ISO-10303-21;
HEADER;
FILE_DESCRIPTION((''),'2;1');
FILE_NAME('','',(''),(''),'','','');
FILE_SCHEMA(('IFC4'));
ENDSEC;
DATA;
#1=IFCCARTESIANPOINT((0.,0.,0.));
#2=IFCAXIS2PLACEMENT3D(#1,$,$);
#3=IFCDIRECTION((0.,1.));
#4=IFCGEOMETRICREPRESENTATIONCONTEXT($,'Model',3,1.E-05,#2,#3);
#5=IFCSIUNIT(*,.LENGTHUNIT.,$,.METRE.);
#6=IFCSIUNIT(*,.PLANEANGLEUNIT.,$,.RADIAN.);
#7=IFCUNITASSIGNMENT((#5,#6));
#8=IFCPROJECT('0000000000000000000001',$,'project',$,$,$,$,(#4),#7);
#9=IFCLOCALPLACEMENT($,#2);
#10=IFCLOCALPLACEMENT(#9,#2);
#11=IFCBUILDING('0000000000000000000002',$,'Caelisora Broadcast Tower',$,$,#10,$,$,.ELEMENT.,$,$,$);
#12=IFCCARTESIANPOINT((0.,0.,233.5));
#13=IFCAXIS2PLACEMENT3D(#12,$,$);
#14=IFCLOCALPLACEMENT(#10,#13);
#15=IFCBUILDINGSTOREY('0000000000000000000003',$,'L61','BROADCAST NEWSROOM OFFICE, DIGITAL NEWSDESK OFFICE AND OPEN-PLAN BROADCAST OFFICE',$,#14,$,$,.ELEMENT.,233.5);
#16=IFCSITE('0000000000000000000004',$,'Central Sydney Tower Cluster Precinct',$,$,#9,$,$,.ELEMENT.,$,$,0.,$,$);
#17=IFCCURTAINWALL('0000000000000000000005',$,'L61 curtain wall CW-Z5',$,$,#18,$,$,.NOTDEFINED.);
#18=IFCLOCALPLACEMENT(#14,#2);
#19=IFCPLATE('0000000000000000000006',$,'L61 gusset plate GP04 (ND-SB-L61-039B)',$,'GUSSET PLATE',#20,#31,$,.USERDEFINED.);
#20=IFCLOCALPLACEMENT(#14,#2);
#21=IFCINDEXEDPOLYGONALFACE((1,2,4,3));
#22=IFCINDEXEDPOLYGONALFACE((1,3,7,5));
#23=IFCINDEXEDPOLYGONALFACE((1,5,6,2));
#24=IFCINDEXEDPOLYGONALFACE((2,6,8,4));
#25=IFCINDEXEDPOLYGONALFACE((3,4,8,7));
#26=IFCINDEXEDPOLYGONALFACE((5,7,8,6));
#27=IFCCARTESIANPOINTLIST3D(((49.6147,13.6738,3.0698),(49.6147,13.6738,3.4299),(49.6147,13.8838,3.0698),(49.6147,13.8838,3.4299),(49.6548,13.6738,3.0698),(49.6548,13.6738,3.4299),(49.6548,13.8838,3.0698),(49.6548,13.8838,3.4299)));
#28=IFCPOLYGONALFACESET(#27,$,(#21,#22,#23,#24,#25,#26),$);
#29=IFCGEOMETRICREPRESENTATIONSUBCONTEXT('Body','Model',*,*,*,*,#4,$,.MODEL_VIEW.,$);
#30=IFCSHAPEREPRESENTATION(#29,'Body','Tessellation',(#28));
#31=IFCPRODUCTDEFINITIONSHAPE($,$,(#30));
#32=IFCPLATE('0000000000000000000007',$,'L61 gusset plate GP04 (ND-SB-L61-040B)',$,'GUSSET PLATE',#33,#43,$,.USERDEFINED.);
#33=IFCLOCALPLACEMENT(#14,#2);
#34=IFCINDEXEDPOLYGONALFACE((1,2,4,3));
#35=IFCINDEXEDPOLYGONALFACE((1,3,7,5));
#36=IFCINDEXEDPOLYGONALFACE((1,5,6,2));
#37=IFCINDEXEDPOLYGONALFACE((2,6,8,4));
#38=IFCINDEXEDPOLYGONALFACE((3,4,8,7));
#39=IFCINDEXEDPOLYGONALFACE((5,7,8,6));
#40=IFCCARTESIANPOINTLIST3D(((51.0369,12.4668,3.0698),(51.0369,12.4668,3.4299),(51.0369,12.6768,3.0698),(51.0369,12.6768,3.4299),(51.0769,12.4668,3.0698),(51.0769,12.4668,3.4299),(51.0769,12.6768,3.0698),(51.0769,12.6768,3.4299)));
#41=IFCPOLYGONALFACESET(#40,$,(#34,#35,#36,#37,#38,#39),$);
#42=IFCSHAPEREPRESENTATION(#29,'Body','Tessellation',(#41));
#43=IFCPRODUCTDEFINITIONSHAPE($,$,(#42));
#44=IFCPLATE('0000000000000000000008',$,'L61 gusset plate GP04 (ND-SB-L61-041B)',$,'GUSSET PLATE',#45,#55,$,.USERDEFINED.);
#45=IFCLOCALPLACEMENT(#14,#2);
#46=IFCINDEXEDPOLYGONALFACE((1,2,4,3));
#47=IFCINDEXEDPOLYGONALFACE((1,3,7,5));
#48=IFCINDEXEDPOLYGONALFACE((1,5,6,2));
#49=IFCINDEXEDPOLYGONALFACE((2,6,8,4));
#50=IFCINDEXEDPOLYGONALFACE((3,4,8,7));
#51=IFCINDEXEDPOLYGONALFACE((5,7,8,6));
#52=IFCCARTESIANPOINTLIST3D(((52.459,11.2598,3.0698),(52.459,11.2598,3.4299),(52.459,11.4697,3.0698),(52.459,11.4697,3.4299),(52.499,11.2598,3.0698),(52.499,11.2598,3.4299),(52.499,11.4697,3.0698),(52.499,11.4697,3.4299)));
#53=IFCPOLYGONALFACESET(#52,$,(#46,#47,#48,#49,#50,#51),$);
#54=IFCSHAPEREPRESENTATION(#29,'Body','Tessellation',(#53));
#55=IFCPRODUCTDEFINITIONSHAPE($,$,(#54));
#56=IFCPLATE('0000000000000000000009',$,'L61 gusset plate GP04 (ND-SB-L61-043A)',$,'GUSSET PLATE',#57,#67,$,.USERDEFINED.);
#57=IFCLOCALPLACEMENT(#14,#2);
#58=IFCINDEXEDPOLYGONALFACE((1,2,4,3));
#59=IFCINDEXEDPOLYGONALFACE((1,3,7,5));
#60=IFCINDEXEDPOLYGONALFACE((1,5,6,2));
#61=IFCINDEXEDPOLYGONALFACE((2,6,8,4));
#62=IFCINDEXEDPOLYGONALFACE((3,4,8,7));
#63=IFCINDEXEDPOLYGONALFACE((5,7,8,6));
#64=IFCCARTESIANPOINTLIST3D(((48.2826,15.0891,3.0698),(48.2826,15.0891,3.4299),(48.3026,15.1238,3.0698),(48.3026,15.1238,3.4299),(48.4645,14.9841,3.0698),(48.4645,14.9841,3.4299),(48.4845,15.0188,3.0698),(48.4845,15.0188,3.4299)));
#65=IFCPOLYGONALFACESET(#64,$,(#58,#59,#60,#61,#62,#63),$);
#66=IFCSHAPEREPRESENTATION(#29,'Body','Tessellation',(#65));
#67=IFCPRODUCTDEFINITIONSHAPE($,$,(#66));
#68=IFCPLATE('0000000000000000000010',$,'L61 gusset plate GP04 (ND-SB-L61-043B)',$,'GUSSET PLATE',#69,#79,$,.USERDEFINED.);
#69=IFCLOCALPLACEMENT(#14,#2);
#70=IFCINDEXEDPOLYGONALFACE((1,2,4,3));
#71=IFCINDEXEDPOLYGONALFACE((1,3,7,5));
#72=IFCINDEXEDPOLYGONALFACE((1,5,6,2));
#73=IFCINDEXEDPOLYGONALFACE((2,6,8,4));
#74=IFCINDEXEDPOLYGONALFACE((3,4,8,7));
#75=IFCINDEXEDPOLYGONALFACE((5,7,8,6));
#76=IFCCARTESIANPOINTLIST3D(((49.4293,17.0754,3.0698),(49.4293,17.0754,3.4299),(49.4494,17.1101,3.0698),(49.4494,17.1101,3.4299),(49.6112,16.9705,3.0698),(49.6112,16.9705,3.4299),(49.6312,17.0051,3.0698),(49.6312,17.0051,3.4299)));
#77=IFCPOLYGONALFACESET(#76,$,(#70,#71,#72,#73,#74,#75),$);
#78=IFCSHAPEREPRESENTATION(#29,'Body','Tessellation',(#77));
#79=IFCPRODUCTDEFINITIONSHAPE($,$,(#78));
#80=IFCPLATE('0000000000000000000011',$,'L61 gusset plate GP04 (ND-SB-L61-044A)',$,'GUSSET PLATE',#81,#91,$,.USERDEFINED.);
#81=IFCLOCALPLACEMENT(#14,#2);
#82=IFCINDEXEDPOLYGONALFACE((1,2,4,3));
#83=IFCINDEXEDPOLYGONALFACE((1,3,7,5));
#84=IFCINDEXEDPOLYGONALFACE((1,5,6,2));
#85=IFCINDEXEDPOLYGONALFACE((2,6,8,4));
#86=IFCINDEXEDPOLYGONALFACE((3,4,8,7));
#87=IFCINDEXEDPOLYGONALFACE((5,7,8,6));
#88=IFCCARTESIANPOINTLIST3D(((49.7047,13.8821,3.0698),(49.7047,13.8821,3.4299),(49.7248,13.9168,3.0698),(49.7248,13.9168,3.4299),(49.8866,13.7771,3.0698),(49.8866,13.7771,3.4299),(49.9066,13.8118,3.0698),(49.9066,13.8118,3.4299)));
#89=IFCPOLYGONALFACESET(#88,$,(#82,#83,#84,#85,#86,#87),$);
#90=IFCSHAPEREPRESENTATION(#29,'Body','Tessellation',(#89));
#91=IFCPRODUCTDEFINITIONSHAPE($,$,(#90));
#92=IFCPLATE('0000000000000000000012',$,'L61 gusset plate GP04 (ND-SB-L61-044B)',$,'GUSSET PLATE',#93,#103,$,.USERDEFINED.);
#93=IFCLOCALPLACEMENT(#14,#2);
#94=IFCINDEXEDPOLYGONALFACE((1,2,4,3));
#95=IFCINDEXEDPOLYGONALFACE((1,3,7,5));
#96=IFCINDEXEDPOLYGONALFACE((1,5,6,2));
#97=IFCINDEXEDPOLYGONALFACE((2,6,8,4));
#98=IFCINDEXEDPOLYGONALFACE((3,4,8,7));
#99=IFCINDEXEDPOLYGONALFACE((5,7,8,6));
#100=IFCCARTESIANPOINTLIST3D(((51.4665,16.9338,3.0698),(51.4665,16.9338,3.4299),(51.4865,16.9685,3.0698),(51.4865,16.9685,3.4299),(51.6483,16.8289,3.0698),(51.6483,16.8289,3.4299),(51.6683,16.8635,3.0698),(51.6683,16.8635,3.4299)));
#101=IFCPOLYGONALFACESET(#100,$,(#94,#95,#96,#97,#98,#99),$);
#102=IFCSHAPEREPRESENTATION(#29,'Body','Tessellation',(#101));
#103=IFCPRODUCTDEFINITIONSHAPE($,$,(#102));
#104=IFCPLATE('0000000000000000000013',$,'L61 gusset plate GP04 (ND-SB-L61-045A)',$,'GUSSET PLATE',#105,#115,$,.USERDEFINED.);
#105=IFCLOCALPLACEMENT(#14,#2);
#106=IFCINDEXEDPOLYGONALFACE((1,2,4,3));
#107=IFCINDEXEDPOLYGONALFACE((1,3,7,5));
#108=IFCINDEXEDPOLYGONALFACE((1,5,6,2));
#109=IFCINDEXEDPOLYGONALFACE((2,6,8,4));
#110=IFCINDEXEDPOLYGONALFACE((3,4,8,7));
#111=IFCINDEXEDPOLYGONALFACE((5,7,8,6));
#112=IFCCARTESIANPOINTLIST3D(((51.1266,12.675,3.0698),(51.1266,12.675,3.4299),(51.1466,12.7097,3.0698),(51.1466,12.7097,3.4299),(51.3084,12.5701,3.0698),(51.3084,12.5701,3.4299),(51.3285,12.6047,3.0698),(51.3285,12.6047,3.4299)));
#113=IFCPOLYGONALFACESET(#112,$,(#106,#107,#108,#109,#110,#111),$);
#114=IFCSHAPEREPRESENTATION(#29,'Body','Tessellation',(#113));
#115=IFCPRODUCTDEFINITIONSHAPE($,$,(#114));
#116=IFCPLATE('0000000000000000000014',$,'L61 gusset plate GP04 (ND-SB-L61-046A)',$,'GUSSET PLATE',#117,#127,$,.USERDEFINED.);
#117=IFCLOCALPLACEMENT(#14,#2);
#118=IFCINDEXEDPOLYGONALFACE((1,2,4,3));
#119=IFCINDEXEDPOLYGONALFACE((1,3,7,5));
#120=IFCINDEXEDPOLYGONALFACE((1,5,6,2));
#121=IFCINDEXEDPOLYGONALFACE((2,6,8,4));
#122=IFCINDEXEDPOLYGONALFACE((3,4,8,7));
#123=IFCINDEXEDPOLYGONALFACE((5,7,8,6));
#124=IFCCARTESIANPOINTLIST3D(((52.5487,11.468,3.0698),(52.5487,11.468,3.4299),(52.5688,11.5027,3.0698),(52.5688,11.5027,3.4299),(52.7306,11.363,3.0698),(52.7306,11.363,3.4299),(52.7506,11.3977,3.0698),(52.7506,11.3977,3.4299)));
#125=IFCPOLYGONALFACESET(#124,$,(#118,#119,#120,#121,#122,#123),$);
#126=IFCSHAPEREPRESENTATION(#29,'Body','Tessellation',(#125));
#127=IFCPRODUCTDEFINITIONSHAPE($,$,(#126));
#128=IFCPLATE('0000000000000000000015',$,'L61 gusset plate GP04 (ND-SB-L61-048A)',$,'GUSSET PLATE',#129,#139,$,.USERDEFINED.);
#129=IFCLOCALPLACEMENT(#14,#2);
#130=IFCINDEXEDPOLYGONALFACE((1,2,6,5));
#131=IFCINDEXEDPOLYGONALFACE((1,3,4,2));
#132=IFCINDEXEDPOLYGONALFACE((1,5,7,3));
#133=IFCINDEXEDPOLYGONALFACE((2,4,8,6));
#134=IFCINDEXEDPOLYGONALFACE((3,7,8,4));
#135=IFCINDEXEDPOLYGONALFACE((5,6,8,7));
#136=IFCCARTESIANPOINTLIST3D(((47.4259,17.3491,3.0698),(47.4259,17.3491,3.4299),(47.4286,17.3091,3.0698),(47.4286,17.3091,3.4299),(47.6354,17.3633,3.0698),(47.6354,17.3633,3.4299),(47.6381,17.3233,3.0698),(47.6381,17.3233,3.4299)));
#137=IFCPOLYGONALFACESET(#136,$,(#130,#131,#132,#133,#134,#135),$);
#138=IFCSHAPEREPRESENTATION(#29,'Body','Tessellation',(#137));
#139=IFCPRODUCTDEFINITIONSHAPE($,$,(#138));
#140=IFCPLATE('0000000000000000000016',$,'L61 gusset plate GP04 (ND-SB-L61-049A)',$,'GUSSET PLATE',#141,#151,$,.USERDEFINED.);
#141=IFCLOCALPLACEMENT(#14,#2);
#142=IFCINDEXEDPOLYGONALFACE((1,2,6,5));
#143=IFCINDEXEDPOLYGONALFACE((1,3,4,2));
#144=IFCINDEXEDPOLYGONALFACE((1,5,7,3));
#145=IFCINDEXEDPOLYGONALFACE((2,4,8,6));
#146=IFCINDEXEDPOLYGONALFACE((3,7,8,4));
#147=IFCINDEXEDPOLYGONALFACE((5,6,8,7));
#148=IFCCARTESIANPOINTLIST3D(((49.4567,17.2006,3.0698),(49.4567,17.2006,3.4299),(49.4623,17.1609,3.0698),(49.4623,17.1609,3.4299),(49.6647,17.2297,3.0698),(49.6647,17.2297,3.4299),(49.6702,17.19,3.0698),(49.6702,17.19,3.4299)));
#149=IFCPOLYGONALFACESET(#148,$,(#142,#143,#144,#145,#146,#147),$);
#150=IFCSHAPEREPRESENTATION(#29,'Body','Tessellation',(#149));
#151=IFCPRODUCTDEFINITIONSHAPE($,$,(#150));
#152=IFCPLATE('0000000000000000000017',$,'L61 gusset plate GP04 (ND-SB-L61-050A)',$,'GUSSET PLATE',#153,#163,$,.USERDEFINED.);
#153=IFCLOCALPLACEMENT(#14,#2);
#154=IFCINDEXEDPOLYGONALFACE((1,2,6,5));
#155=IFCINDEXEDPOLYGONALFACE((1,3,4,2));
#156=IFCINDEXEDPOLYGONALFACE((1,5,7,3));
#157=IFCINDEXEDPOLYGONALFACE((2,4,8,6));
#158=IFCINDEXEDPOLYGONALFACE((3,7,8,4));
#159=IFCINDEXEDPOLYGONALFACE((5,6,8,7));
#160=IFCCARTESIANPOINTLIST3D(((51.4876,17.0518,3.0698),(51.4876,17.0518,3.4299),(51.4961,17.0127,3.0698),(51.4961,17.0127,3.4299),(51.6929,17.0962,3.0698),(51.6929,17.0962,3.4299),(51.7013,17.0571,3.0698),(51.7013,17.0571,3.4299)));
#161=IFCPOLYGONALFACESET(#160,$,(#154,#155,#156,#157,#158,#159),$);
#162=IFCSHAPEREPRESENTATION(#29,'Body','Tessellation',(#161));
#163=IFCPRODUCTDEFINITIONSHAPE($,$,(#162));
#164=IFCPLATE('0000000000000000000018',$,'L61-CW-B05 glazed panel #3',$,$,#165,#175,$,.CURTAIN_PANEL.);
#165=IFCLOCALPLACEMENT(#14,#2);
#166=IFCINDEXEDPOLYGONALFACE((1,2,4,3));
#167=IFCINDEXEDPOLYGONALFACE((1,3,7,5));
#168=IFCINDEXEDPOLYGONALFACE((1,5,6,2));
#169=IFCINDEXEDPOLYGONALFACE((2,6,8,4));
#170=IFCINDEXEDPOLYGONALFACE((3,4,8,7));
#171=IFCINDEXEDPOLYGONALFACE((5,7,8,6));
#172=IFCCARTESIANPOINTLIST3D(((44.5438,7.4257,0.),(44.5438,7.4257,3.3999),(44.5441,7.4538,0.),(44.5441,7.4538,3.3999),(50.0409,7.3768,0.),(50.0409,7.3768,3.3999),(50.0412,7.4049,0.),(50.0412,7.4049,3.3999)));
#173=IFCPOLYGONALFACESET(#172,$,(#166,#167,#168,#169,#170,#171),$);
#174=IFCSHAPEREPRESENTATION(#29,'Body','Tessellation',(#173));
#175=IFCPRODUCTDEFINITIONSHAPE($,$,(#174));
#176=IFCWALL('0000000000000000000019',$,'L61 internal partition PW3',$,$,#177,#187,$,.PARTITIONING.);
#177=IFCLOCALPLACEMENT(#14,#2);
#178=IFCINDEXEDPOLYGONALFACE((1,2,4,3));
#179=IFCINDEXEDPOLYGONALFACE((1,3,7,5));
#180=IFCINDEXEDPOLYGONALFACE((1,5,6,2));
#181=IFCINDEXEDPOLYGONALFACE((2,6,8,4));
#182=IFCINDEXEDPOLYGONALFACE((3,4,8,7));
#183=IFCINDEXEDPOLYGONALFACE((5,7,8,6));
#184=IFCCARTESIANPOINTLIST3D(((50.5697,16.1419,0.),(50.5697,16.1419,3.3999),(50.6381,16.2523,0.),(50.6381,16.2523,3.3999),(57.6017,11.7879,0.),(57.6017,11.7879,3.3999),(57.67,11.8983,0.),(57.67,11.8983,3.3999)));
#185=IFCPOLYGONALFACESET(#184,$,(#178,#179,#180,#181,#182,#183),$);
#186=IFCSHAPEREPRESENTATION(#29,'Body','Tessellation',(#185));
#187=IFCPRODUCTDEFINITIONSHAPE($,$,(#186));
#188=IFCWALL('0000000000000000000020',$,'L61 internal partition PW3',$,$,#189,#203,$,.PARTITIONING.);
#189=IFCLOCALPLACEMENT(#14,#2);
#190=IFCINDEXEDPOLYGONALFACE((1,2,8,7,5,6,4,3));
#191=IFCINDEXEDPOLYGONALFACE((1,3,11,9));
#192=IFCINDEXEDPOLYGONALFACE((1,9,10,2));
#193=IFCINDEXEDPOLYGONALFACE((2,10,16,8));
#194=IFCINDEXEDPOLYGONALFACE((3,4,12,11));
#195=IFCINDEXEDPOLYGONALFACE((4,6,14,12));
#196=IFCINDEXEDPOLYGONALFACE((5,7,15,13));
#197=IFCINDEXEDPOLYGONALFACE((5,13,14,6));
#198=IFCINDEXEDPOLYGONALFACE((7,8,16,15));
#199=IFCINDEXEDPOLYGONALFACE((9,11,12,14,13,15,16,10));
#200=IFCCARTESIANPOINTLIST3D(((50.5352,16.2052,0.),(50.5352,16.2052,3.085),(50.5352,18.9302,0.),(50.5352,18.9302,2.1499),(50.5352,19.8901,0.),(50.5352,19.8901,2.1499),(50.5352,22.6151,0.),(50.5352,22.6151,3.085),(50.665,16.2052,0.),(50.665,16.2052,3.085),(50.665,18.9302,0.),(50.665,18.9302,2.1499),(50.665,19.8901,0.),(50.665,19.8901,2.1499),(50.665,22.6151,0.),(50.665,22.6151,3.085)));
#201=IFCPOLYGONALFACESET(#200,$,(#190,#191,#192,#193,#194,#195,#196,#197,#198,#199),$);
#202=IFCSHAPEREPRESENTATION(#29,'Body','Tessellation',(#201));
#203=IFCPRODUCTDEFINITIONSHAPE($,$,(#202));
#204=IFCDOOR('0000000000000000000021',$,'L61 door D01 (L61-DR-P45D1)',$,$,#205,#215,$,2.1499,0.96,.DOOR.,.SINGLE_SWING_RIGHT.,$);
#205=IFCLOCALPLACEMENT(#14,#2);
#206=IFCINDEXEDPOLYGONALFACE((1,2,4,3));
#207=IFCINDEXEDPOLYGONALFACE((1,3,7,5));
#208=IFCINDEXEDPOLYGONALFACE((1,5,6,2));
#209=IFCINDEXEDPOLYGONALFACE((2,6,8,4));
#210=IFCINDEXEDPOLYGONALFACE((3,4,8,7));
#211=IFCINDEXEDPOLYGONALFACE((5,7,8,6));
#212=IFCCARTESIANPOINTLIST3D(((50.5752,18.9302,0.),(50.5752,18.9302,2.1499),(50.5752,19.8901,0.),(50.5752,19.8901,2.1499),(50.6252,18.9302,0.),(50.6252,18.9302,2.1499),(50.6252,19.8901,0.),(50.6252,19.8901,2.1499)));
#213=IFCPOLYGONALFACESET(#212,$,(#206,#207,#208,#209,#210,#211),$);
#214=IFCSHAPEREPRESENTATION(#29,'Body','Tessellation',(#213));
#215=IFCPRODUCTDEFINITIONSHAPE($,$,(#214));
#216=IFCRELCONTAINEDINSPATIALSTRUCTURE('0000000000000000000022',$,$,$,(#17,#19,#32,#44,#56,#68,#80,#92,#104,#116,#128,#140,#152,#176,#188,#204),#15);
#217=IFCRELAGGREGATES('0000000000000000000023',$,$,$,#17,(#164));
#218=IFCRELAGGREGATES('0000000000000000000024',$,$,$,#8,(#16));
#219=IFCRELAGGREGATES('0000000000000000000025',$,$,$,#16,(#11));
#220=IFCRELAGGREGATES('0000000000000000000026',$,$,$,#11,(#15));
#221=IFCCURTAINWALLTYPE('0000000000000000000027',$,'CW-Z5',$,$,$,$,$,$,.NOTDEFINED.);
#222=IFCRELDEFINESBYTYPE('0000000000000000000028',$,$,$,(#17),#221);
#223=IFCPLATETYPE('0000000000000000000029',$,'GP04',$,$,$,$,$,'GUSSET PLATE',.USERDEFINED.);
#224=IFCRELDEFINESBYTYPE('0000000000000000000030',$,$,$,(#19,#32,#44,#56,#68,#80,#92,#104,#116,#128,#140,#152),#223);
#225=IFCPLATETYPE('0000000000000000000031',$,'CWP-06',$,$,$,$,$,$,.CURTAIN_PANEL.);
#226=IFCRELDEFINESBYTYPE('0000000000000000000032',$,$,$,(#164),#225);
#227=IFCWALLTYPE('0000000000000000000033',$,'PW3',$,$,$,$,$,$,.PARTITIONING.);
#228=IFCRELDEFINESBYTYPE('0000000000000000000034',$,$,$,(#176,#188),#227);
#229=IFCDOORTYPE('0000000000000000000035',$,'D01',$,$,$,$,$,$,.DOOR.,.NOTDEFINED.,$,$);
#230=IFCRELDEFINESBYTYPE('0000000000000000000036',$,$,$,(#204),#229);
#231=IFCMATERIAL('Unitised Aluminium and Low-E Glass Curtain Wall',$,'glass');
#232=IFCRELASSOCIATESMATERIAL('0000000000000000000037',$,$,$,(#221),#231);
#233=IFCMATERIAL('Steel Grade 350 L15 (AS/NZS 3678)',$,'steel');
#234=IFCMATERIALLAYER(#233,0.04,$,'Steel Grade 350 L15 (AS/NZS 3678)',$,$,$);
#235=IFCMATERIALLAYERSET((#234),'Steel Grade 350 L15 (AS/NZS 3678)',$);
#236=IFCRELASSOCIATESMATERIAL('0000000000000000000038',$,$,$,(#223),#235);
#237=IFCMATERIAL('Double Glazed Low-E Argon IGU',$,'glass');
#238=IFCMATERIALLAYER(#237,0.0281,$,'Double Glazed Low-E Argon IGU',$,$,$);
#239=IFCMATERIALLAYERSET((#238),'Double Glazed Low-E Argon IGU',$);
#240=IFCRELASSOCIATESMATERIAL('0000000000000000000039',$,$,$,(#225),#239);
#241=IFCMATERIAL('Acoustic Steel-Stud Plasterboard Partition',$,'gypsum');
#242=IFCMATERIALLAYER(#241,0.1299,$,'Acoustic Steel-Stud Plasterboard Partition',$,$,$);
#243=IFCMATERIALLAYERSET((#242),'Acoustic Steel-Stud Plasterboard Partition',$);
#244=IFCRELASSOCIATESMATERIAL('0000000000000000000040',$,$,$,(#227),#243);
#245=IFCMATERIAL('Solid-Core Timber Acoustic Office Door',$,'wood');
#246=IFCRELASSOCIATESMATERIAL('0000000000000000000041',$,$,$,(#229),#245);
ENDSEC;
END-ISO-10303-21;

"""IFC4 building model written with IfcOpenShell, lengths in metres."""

from ifc_helpers import new_model, si_unit, direction, frame, frame_2d, origin, origin_2d, place, context, subcontext, project, spatial, rectangle, extrude, source, transform, mapped, material, layer, layer_set, type_object, type_shapes, element, fill, aggregate, save


model = new_model("IFC4")

# Units and contexts
model_context = context("Model", 3, precision=1e-05, world=origin(), true_north=direction((0.0, 1.0)))
body_context = subcontext(model_context, "Body", "Model", "MODEL_VIEW")
ifc_project = project(units=[si_unit("LENGTHUNIT", "METRE"), si_unit("PLANEANGLEUNIT", "RADIAN")], contexts=[model_context])

# Site, building, storey
site_placement = place(None, origin())
site = spatial("IfcSite", under=ifc_project, at=site_placement, Name="Central Sydney Tower Cluster Precinct", CompositionType="ELEMENT", RefElevation=0.0)
building_placement = place(site_placement, origin())
building = spatial("IfcBuilding", under=site, at=building_placement, Name="Caelisora Broadcast Tower", CompositionType="ELEMENT")
storey_placement = place(building_placement, frame((0.0, 0.0, 233.5)))
storey = spatial("IfcBuildingStorey", under=building, at=storey_placement, Name="L61", Description="BROADCAST NEWSROOM OFFICE, DIGITAL NEWSDESK OFFICE AND OPEN-PLAN BROADCAST OFFICE", CompositionType="ELEMENT", Elevation=233.5)

# Curtain wall
ifc_material_1 = material(Name="Unitised Aluminium and Low-E Glass Curtain Wall", Category="glass")
curtain_wall_type = type_object("IfcCurtainWallType", Name="CW-Z5", PredefinedType="NOTDEFINED", material=ifc_material_1)
curtain_wall_placement = place(storey_placement, origin())
curtain_wall = element("IfcCurtainWall", 1, at=curtain_wall_placement, inside=storey, type_object=curtain_wall_type, Name="L61 curtain wall CW-Z5", PredefinedType="NOTDEFINED")

# Plates
ifc_material_2 = material(Name="Steel Grade 350 L15 (AS/NZS 3678)", Category="steel")
ifc_layer_1 = layer(ifc_material_2, 0.04, Name="Steel Grade 350 L15 (AS/NZS 3678)")
ifc_layer_set_1 = layer_set([ifc_layer_1], Name="Steel Grade 350 L15 (AS/NZS 3678)")
plate_type_1 = type_object("IfcPlateType", Name="GP04", ElementType="GUSSET PLATE", PredefinedType="USERDEFINED", material=ifc_layer_set_1)
shared_shape_1 = source(origin(), body_context, "Body", "SweptSolid", [
    extrude(rectangle(XDim=0.21, YDim=0.04, at=origin_2d()), origin(), (0.0, 0.0, 1.0), 0.3601),
])
type_shapes(plate_type_1, [shared_shape_1])
for number, where, z_axis, x_axis, name in (
    (2, (49.6348, 13.7788, 3.0698), (0.0, 0.0, 1.0), (0.0, 1.0, 0.0), "L61 gusset plate GP04 (ND-SB-L61-039B)"),
    (3, (51.0569, 12.5718, 3.0698), (0.0, 0.0, 1.0), (0.0, 1.0, 0.0), "L61 gusset plate GP04 (ND-SB-L61-040B)"),
    (4, (52.479, 11.3647, 3.0698), (0.0, 0.0, 1.0), (0.0, 1.0, 0.0), "L61 gusset plate GP04 (ND-SB-L61-041B)"),
    (5, (48.3835, 15.054, 3.0698), (0.0, 0.0, 1.0), (-0.866025, 0.5, 0.0), "L61 gusset plate GP04 (ND-SB-L61-043A)"),
    (6, (49.5303, 17.0403, 3.0698), (0.0, 0.0, 1.0), (-0.866025, 0.5, 0.0), "L61 gusset plate GP04 (ND-SB-L61-043B)"),
    (7, (49.8057, 13.8469, 3.0698), (0.0, 0.0, 1.0), (-0.866025, 0.5, 0.0), "L61 gusset plate GP04 (ND-SB-L61-044A)"),
    (8, (51.5674, 16.8987, 3.0698), (0.0, 0.0, 1.0), (-0.866025, 0.5, 0.0), "L61 gusset plate GP04 (ND-SB-L61-044B)"),
    (9, (51.2275, 12.6399, 3.0698), (0.0, 0.0, 1.0), (-0.866025, 0.5, 0.0), "L61 gusset plate GP04 (ND-SB-L61-045A)"),
    (10, (52.6497, 11.4329, 3.0698), (0.0, 0.0, 1.0), (-0.866025, 0.5, 0.0), "L61 gusset plate GP04 (ND-SB-L61-046A)"),
    (11, (47.532, 17.3362, 3.0698), (0.0, 0.0, 1.0), (-0.997708, -0.067667, 0.0), "L61 gusset plate GP04 (ND-SB-L61-048A)"),
    (12, (49.5635, 17.1953, 3.0698), (0.0, 0.0, 1.0), (-0.990341, -0.138655, 0.0), "L61 gusset plate GP04 (ND-SB-L61-049A)"),
    (13, (51.5945, 17.0544, 3.0698), (0.0, 0.0, 1.0), (-0.977379, -0.211495, 0.0), "L61 gusset plate GP04 (ND-SB-L61-050A)"),
):
    element("IfcPlate", number, at=place(storey_placement, frame(where, z_axis=z_axis, x_axis=x_axis)), inside=storey, type_object=plate_type_1, Name=name, ObjectType="GUSSET PLATE", PredefinedType="USERDEFINED", context=body_context, shape_type="MappedRepresentation", body=[
        mapped(shared_shape_1, transform((0.0, 0.0, 0.0), scale=1.0)),
    ])

# Plate
ifc_material_3 = material(Name="Double Glazed Low-E Argon IGU", Category="glass")
ifc_layer_2 = layer(ifc_material_3, 0.0281, Name="Double Glazed Low-E Argon IGU")
ifc_layer_set_2 = layer_set([ifc_layer_2], Name="Double Glazed Low-E Argon IGU")
plate_type_2 = type_object("IfcPlateType", Name="CWP-06", PredefinedType="CURTAIN_PANEL", material=ifc_layer_set_2)
shared_shape_2 = source(origin(), body_context, "Body", "SweptSolid", [
    extrude(rectangle(XDim=5.4973, YDim=0.0281, at=origin_2d()), origin(), (0.0, 0.0, 1.0), 3.3999),
])
type_shapes(plate_type_2, [shared_shape_2])
plate_placement = place(storey_placement, frame((47.2925, 7.4153, 0.0), z_axis=(0.0, 0.0, 1.0), x_axis=(-0.99996, 0.008901, 0.0)))
plate = element("IfcPlate", 14, at=plate_placement, type_object=plate_type_2, Name="L61-CW-B05 glazed panel #3", PredefinedType="CURTAIN_PANEL", context=body_context, shape_type="MappedRepresentation", body=[
    mapped(shared_shape_2, transform((0.0, 0.0, 0.0), scale=1.0)),
])
aggregate(curtain_wall, [plate])

# Wall
ifc_material_4 = material(Name="Acoustic Steel-Stud Plasterboard Partition", Category="gypsum")
ifc_layer_3 = layer(ifc_material_4, 0.1299, Name="Acoustic Steel-Stud Plasterboard Partition")
ifc_layer_set_3 = layer_set([ifc_layer_3], Name="Acoustic Steel-Stud Plasterboard Partition")
wall_type = type_object("IfcWallType", Name="PW3", PredefinedType="PARTITIONING", material=ifc_layer_set_3)
wall_1_placement = place(storey_placement, frame((50.604, 16.197, 0.0), z_axis=(0.0, 0.0, 1.0), x_axis=(0.850218, -0.526431, 0.0)))
element("IfcWall", 15, at=wall_1_placement, inside=storey, type_object=wall_type, Name="L61 internal partition PW3", PredefinedType="PARTITIONING", context=body_context, shape_type="SweptSolid", body=[
    extrude(rectangle(XDim=8.2708, YDim=0.1299, at=frame_2d((4.1353, 0.0))), origin(), (0.0, 0.0, 1.0), 3.3999),
])

# Wall, opening, door
wall_2_placement = place(storey_placement, frame((50.6001, 16.2051, 0.0), z_axis=(0.0, 0.0, 1.0), x_axis=(0.0, 1.0, 0.0)))
wall_2 = element("IfcWall", 16, at=wall_2_placement, inside=storey, type_object=wall_type, Name="L61 internal partition PW3", PredefinedType="PARTITIONING", context=body_context, shape_type="SweptSolid", body=[
    extrude(rectangle(XDim=6.4099, YDim=0.1299, at=frame_2d((3.2051, 0.0))), origin(), (0.0, 0.0, 1.0), 3.085),
])
opening_1_placement = place(wall_2_placement, frame((2.7251, 0.0, 0.0)))
opening_1 = element("IfcOpeningElement", 17, at=opening_1_placement, cuts=wall_2, PredefinedType="OPENING", context=body_context, shape_type="SweptSolid", body=[
    extrude(rectangle(XDim=0.96, YDim=2.1499, at=frame_2d((0.48, 1.075))), frame((0.0, 0.0769, 0.0), z_axis=(0.0, -1.0, 0.0), x_axis=(1.0, 0.0, 0.0)), (0.0, 0.0, 1.0), 0.1538),
])
ifc_material_5 = material(Name="Solid-Core Timber Acoustic Office Door", Category="wood")
door_type = type_object("IfcDoorType", Name="D01", OperationType="NOTDEFINED", PredefinedType="DOOR", material=ifc_material_5)
door_1_placement = place(opening_1_placement, origin())
door_1 = element("IfcDoor", 18, at=door_1_placement, inside=storey, type_object=door_type, Name="L61 door D01 (L61-DR-P45D1)", OperationType="SINGLE_SWING_RIGHT", OverallHeight=2.1499, OverallWidth=0.96, PredefinedType="DOOR", context=body_context, shape_type="SweptSolid", body=[
    extrude(rectangle(XDim=0.96, YDim=2.1499, at=frame_2d((0.48, 1.075))), frame((0.0, 0.0249, 0.0), z_axis=(0.0, -1.0, 0.0), x_axis=(1.0, 0.0, 0.0)), (0.0, 0.0, 1.0), 0.05),
])
fill(opening_1, door_1)

save(model, "model.ifc")
